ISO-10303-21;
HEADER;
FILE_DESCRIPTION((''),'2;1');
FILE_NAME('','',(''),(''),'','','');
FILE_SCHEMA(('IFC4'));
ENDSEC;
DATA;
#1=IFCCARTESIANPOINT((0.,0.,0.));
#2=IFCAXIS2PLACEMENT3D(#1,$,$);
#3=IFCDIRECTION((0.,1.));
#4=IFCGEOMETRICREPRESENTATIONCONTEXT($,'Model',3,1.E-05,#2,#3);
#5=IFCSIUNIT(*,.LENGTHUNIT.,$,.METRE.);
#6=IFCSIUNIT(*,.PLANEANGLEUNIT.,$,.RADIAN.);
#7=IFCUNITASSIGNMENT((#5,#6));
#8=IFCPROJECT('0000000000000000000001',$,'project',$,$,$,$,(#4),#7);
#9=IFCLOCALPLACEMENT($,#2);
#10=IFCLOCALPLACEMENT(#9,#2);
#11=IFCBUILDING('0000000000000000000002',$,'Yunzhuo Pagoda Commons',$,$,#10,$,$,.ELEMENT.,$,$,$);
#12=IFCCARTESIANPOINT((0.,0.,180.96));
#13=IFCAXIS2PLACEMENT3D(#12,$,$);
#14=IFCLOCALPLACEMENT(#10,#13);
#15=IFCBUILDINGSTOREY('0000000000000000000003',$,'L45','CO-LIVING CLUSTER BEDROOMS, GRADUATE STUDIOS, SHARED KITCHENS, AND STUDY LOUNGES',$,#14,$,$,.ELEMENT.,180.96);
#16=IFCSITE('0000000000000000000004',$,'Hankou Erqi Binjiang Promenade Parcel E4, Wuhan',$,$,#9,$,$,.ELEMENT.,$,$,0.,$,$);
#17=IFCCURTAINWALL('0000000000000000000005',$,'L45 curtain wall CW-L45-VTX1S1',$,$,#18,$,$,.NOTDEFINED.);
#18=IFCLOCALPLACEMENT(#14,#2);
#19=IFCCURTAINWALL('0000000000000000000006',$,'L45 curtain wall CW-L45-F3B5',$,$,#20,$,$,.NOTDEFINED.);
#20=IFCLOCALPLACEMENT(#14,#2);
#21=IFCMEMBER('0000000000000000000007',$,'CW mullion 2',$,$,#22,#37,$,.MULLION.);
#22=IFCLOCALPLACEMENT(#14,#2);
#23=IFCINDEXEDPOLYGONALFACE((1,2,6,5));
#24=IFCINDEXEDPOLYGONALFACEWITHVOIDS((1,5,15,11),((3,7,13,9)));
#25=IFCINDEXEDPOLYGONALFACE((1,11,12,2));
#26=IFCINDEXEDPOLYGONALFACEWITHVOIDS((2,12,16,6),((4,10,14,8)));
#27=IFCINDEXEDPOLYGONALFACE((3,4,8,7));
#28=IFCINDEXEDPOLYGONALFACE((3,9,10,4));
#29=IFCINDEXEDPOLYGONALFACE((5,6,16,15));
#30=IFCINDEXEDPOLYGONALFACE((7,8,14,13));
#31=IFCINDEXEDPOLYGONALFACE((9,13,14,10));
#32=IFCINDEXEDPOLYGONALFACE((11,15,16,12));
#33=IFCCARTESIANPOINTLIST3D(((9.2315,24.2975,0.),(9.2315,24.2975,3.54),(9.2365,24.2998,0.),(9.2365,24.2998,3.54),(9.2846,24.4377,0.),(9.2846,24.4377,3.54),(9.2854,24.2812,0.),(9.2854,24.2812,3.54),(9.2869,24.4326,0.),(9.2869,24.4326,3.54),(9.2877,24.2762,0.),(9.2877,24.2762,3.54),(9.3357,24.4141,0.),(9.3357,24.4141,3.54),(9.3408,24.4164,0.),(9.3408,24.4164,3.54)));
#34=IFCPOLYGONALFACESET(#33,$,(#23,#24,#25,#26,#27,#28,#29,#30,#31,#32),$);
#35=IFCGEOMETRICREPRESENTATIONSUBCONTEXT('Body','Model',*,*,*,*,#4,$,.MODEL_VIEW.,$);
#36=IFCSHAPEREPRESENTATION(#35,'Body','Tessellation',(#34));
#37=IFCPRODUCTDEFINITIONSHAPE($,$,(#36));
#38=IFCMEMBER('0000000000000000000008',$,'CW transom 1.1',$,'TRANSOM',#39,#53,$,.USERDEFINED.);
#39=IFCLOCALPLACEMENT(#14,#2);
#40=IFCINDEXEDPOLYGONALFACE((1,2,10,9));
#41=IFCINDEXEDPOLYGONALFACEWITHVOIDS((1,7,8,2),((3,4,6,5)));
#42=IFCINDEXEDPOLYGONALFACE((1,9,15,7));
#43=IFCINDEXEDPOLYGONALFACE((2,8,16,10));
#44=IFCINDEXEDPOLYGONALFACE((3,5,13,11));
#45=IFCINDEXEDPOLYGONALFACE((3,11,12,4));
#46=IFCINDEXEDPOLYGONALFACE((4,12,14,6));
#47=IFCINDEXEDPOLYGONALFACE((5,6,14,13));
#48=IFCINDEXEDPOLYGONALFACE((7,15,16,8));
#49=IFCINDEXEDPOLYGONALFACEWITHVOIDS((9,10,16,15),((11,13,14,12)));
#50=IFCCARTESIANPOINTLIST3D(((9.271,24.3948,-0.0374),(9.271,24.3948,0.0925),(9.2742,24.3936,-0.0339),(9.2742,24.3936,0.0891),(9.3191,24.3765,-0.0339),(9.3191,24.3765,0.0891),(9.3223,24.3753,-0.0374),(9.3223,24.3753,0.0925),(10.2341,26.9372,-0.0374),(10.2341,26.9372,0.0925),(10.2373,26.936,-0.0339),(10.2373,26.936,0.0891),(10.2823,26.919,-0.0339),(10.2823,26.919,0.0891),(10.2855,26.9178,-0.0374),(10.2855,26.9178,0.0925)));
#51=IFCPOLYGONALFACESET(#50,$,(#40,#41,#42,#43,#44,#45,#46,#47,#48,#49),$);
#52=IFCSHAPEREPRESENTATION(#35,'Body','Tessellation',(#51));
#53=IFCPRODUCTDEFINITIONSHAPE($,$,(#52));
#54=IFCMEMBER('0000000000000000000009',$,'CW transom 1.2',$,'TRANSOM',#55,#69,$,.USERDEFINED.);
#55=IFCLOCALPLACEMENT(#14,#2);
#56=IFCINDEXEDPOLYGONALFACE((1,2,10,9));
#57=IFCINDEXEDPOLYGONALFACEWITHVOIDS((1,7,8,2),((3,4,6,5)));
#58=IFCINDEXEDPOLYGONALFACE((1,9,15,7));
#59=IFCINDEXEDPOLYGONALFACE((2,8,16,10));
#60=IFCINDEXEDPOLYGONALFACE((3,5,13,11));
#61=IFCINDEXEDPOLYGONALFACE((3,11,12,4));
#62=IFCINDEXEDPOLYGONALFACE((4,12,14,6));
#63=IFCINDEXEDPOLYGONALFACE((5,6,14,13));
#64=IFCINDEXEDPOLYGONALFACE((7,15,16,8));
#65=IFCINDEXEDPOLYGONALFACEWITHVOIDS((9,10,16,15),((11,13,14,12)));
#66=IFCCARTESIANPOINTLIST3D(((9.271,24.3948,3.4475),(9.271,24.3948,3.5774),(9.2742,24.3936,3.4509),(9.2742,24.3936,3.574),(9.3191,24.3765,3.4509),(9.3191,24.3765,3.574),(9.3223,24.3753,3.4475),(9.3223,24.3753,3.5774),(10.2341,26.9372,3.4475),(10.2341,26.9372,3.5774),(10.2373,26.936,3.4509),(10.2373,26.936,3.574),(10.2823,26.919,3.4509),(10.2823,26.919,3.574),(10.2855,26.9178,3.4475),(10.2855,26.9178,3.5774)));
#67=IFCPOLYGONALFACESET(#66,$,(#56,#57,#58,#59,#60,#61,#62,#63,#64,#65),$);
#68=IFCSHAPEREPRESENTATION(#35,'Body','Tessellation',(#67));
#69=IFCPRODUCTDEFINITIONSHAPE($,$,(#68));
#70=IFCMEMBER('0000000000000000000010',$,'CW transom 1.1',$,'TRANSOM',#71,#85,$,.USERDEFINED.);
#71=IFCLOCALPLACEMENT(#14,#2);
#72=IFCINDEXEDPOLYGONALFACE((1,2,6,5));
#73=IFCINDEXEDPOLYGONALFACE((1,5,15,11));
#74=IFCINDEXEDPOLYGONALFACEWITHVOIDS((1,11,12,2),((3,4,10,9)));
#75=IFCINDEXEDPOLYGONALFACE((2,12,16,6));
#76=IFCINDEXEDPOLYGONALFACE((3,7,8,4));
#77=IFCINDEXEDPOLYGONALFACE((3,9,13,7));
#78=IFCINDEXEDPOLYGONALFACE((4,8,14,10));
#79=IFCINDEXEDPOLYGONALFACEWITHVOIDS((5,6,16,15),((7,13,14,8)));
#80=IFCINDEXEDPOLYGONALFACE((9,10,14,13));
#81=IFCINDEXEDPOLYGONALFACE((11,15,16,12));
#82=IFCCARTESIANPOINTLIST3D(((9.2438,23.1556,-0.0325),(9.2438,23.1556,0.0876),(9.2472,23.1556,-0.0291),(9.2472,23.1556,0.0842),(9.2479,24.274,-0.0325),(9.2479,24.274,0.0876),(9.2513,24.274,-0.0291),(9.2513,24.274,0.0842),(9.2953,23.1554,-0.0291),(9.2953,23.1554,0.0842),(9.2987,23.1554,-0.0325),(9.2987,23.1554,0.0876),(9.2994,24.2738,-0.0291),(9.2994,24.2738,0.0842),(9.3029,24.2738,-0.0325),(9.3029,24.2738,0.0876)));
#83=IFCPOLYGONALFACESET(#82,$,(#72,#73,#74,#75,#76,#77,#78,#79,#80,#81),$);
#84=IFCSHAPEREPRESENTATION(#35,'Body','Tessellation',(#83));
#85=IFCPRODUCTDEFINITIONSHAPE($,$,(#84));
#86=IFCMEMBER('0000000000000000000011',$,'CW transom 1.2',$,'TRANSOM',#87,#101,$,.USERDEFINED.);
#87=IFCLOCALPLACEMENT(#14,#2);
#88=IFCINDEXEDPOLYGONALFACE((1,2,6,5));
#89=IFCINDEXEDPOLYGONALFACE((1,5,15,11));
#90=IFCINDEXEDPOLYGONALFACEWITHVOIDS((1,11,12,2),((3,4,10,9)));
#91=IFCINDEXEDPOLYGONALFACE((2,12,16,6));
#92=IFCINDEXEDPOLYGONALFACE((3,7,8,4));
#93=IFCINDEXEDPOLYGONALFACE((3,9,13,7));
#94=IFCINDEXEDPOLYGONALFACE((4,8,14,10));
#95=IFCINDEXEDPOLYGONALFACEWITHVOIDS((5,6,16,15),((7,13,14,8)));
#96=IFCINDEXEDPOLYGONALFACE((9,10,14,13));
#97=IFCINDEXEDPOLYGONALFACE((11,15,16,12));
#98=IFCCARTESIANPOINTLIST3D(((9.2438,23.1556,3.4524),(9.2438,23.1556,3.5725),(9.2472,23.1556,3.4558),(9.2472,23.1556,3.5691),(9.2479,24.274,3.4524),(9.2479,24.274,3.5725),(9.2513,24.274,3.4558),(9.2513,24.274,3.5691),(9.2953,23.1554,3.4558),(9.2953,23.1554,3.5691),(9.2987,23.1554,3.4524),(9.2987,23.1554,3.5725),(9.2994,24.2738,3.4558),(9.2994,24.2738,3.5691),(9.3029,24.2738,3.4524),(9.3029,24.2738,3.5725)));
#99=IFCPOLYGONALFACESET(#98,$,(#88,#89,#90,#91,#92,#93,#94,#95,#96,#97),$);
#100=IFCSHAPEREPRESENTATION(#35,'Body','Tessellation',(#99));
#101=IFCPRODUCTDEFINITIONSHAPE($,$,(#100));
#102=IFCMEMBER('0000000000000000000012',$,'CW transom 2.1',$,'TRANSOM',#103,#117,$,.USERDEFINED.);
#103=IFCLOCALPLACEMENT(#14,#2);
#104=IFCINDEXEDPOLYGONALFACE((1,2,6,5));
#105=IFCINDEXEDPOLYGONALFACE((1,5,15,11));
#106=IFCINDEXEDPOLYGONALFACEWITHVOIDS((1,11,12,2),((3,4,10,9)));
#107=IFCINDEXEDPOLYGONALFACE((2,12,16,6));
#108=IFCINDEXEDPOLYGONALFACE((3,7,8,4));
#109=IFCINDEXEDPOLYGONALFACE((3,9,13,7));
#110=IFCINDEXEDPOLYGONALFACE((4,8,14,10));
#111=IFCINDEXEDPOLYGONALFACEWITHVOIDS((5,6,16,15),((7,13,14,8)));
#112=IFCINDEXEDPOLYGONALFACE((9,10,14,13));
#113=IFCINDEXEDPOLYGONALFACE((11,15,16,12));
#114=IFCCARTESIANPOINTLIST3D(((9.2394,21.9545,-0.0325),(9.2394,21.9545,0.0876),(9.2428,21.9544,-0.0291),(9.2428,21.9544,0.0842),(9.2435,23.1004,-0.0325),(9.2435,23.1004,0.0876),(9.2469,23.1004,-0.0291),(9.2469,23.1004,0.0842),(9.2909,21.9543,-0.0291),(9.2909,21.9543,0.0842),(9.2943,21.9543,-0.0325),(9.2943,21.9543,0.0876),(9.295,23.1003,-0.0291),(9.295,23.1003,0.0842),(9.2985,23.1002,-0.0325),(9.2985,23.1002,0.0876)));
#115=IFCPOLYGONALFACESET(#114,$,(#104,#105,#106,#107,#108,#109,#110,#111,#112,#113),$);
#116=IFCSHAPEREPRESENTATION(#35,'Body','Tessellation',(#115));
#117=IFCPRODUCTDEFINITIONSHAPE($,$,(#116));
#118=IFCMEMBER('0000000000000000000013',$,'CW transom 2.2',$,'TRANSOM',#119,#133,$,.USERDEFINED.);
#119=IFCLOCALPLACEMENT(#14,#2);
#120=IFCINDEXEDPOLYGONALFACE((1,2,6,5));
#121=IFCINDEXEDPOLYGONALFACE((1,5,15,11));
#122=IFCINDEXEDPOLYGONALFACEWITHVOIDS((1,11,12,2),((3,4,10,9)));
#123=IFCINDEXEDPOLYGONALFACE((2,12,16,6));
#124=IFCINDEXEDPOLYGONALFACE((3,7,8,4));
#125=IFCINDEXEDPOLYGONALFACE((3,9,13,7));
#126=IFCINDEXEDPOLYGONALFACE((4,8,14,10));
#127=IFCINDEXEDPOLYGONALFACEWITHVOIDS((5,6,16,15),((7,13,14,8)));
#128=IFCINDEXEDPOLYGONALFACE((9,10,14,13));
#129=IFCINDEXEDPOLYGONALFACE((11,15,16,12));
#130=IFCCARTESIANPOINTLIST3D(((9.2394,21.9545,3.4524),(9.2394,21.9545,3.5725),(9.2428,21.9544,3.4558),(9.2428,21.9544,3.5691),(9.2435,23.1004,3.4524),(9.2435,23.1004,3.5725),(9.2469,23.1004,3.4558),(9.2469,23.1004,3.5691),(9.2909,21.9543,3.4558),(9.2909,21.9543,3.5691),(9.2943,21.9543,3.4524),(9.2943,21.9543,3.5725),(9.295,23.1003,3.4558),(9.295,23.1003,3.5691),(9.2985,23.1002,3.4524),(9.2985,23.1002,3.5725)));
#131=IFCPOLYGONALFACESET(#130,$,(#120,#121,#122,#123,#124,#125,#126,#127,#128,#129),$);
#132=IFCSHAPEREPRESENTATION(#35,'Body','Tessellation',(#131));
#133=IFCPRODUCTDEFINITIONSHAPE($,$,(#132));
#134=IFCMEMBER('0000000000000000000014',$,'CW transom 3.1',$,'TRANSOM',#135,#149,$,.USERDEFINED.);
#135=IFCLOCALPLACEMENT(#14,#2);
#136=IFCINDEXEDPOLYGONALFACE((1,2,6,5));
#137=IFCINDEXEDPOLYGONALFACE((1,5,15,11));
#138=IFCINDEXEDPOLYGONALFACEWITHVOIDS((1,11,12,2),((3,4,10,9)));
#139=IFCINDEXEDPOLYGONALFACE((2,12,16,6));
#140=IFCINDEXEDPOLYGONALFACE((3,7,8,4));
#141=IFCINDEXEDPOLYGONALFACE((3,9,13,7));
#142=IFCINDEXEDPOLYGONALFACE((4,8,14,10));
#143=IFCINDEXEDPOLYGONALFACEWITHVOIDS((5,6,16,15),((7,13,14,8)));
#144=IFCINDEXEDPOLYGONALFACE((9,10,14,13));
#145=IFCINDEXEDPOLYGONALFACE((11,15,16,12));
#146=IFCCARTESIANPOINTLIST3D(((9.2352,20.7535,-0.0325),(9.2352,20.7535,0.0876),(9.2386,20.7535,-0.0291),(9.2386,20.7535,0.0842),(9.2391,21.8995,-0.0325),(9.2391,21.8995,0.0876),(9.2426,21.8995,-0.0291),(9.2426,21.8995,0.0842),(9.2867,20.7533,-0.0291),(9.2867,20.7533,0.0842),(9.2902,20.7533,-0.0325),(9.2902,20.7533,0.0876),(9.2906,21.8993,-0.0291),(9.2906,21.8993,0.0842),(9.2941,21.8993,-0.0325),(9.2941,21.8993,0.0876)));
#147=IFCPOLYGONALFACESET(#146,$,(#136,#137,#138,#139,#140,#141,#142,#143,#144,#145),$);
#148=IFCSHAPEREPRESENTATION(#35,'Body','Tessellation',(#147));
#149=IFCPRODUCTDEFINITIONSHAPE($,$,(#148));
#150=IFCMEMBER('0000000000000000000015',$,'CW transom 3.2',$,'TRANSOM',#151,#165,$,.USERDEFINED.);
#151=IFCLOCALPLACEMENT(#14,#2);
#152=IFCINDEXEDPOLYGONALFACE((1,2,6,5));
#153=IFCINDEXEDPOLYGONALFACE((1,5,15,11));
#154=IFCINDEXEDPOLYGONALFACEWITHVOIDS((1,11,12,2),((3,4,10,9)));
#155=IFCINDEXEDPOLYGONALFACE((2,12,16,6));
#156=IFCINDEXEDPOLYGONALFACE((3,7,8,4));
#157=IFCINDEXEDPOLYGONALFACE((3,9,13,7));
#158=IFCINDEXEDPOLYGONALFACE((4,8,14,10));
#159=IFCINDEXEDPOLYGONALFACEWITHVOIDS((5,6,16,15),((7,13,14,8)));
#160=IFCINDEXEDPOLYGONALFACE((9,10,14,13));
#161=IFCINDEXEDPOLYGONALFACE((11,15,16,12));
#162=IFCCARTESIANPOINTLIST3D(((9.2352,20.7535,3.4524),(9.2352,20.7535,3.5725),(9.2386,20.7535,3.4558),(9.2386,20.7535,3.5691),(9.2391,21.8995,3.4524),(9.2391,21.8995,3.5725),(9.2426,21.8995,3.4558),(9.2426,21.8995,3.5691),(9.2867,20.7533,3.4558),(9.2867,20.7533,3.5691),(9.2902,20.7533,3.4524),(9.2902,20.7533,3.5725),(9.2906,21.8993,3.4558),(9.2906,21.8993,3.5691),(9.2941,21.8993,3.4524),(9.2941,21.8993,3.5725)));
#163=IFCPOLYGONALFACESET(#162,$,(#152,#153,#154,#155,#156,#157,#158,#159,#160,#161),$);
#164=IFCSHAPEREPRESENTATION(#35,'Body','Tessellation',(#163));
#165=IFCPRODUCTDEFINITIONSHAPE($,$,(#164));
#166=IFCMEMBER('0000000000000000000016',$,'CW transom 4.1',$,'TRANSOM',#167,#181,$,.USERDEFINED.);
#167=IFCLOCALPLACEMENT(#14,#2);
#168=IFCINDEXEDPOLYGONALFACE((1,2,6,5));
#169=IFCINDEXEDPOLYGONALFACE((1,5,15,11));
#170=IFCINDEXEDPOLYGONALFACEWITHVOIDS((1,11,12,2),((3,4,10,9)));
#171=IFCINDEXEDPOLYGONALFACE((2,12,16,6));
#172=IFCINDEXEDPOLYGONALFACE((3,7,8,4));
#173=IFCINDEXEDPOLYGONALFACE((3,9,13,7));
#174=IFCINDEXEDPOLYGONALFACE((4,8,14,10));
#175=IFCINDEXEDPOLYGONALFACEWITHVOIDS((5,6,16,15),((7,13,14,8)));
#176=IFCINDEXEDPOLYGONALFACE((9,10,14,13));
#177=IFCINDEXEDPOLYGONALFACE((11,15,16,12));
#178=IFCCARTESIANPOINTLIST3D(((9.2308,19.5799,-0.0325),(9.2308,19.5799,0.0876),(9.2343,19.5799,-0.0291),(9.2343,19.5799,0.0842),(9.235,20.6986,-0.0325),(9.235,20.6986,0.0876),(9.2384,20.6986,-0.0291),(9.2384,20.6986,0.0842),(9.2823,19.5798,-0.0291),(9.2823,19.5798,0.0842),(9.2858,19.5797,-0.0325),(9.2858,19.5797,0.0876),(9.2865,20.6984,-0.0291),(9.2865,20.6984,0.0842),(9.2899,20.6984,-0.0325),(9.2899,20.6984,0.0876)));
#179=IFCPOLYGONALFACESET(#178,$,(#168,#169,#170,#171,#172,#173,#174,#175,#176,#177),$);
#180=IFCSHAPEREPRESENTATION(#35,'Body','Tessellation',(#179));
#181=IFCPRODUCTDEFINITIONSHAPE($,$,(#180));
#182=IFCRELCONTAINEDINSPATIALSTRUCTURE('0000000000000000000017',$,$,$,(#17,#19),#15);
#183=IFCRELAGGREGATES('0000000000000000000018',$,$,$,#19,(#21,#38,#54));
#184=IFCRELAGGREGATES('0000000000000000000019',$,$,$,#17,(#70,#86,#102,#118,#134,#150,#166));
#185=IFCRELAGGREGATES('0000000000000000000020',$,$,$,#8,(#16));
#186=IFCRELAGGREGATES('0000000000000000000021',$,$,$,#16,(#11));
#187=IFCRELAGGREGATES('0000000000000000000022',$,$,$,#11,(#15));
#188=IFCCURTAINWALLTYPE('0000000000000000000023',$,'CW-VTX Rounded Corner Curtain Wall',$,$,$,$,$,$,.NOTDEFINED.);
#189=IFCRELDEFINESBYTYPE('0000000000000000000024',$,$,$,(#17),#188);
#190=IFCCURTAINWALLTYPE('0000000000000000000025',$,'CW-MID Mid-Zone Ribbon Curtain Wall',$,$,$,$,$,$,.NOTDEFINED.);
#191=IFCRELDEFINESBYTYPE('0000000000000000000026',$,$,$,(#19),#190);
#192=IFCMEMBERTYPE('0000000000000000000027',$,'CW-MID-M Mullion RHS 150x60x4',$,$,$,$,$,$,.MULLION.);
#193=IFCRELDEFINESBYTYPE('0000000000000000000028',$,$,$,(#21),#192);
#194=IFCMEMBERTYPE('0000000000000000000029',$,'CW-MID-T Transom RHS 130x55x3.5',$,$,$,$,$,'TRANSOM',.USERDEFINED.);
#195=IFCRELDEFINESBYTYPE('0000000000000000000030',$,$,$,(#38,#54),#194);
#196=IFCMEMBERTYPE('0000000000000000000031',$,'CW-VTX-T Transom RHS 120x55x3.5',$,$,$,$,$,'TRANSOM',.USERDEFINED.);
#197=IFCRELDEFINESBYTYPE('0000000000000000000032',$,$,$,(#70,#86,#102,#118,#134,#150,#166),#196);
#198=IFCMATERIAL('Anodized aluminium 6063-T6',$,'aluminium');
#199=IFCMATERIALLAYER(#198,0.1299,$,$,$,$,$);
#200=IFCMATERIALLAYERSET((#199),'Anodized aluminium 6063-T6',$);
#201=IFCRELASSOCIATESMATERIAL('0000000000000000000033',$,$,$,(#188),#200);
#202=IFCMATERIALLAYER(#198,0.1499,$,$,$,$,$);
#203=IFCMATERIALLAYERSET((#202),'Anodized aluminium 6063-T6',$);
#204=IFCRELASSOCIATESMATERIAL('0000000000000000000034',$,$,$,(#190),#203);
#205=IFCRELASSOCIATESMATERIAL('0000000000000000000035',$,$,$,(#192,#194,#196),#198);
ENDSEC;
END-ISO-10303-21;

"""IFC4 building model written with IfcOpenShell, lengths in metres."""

from ifc_helpers import new_model, si_unit, direction, frame, origin, origin_2d, place, context, subcontext, project, spatial, hollow_rectangle, extrude, source, transform, mapped, material, layer, layer_set, material_profile, profile_set, type_object, element, aggregate, save


model = new_model("IFC4")

# Units and contexts
model_context = context("Model", 3, precision=1e-05, world=origin(), true_north=direction((0.0, 1.0)))
body_context = subcontext(model_context, "Body", "Model", "MODEL_VIEW")
ifc_project = project(units=[si_unit("LENGTHUNIT", "METRE"), si_unit("PLANEANGLEUNIT", "RADIAN")], contexts=[model_context])

# Site, building, storey
site_placement = place(None, origin())
site = spatial("IfcSite", under=ifc_project, at=site_placement, Name="Hankou Erqi Binjiang Promenade Parcel E4, Wuhan", CompositionType="ELEMENT", RefElevation=0.0)
building_placement = place(site_placement, origin())
building = spatial("IfcBuilding", under=site, at=building_placement, Name="Yunzhuo Pagoda Commons", CompositionType="ELEMENT")
storey_placement = place(building_placement, frame((0.0, 0.0, 180.96)))
storey = spatial("IfcBuildingStorey", under=building, at=storey_placement, Name="L45", Description="CO-LIVING CLUSTER BEDROOMS, GRADUATE STUDIOS, SHARED KITCHENS, AND STUDY LOUNGES", CompositionType="ELEMENT", Elevation=180.96)

# Curtain wall
ifc_material_1 = material(Name="Anodized aluminium 6063-T6", Category="aluminium")
ifc_layer_1 = layer(ifc_material_1, 0.1299)
ifc_layer_set_1 = layer_set([ifc_layer_1], Name="Anodized aluminium 6063-T6")
curtain_wall_type_1 = type_object("IfcCurtainWallType", Name="CW-VTX Rounded Corner Curtain Wall", PredefinedType="NOTDEFINED", material=ifc_layer_set_1)
curtain_wall_1_placement = place(storey_placement, origin())
curtain_wall_1 = element("IfcCurtainWall", 1, at=curtain_wall_1_placement, inside=storey, type_object=curtain_wall_type_1, Name="L45 curtain wall CW-L45-VTX1S1", PredefinedType="NOTDEFINED")

# Shared definitions
ifc_layer_2 = layer(ifc_material_1, 0.1499)
ifc_layer_set_2 = layer_set([ifc_layer_2], Name="Anodized aluminium 6063-T6")
curtain_wall_type_2 = type_object("IfcCurtainWallType", Name="CW-MID Mid-Zone Ribbon Curtain Wall", PredefinedType="NOTDEFINED", material=ifc_layer_set_2)
ifc_material_profile_1 = material_profile(ifc_material_1, hollow_rectangle(XDim=0.0601, YDim=0.1499, WallThickness=0.0039, at=origin_2d()), Name="Anodized aluminium 6063-T6")
ifc_profile_set_1 = profile_set([ifc_material_profile_1], Name="Anodized aluminium 6063-T6")
member_type_1 = type_object("IfcMemberType", Name="CW-MID-M Mullion RHS 150x60x4", PredefinedType="MULLION", material=ifc_profile_set_1)
shared_shape_1 = source(origin(), body_context, "Body", "SweptSolid", [
    extrude(hollow_rectangle(XDim=0.0601, YDim=0.1499, WallThickness=0.0039, at=origin_2d()), origin(), (0.0, 0.0, 1.0), 3.54),
])

# Curtain wall, members
curtain_wall_2_placement = place(storey_placement, origin())
curtain_wall_2 = element("IfcCurtainWall", 2, at=curtain_wall_2_placement, inside=storey, type_object=curtain_wall_type_2, Name="L45 curtain wall CW-L45-F3B5", PredefinedType="NOTDEFINED")
member_1_placement = place(storey_placement, frame((9.2861, 24.3569, 0.0), z_axis=(0.0, 0.0, 1.0), x_axis=(0.935148, -0.354256, 0.0)))
member_1 = element("IfcMember", 3, at=member_1_placement, type_object=member_type_1, Name="CW mullion 2", PredefinedType="MULLION", context=body_context, shape_type="MappedRepresentation", body=[
    mapped(shared_shape_1, transform((0.0, 0.0, 0.0), scale=1.0)),
])
ifc_material_profile_2 = material_profile(ifc_material_1, hollow_rectangle(XDim=0.0549, YDim=0.1299, WallThickness=0.0034, at=origin_2d()), Name="Anodized aluminium 6063-T6")
ifc_profile_set_2 = profile_set([ifc_material_profile_2], Name="Anodized aluminium 6063-T6")
member_type_2 = type_object("IfcMemberType", Name="CW-MID-T Transom RHS 130x55x3.5", ElementType="TRANSOM", PredefinedType="USERDEFINED", material=ifc_profile_set_2)
shared_shape_2 = source(origin(), body_context, "Body", "SweptSolid", [
    extrude(hollow_rectangle(XDim=0.0549, YDim=0.1299, WallThickness=0.0034, at=origin_2d()), origin(), (0.0, 0.0, 1.0), 2.7188),
])
member_2_placement = place(storey_placement, frame((10.2598, 26.9275, 0.0276), z_axis=(-0.354251, -0.93515, 0.0), x_axis=(0.93515, -0.354251, 0.0)))
member_2 = element("IfcMember", 4, at=member_2_placement, type_object=member_type_2, Name="CW transom 1.1", ObjectType="TRANSOM", PredefinedType="USERDEFINED", context=body_context, shape_type="MappedRepresentation", body=[
    mapped(shared_shape_2, transform((0.0, 0.0, 0.0), scale=1.0)),
])
member_3_placement = place(storey_placement, frame((10.2598, 26.9275, 3.5125), z_axis=(-0.354251, -0.93515, 0.0), x_axis=(0.93515, -0.354251, 0.0)))
member_3 = element("IfcMember", 5, at=member_3_placement, type_object=member_type_2, Name="CW transom 1.2", ObjectType="TRANSOM", PredefinedType="USERDEFINED", context=body_context, shape_type="MappedRepresentation", body=[
    mapped(shared_shape_2, transform((0.0, 0.0, 0.0), scale=1.0)),
])

# Members
ifc_material_profile_3 = material_profile(ifc_material_1, hollow_rectangle(XDim=0.0549, YDim=0.1201, WallThickness=0.0034, at=origin_2d()), Name="Anodized aluminium 6063-T6")
ifc_profile_set_3 = profile_set([ifc_material_profile_3], Name="Anodized aluminium 6063-T6")
member_type_3 = type_object("IfcMemberType", Name="CW-VTX-T Transom RHS 120x55x3.5", ElementType="TRANSOM", PredefinedType="USERDEFINED", material=ifc_profile_set_3)
shared_shape_3 = source(origin(), body_context, "Body", "SweptSolid", [
    extrude(hollow_rectangle(XDim=0.0549, YDim=0.1201, WallThickness=0.0034, at=origin_2d()), origin(), (0.0, 0.0, 1.0), 1.1184),
])
member_4_placement = place(storey_placement, frame((9.2754, 24.2739, 0.0276), z_axis=(-0.003711, -0.999993, 0.0), x_axis=(0.999993, -0.003711, 0.0)))
member_4 = element("IfcMember", 6, at=member_4_placement, type_object=member_type_3, Name="CW transom 1.1", ObjectType="TRANSOM", PredefinedType="USERDEFINED", context=body_context, shape_type="MappedRepresentation", body=[
    mapped(shared_shape_3, transform((0.0, 0.0, 0.0), scale=1.0)),
])
member_5_placement = place(storey_placement, frame((9.2754, 24.2739, 3.5125), z_axis=(-0.003711, -0.999993, 0.0), x_axis=(0.999993, -0.003711, 0.0)))
member_5 = element("IfcMember", 7, at=member_5_placement, type_object=member_type_3, Name="CW transom 1.2", ObjectType="TRANSOM", PredefinedType="USERDEFINED", context=body_context, shape_type="MappedRepresentation", body=[
    mapped(shared_shape_3, transform((0.0, 0.0, 0.0), scale=1.0)),
])
shared_shape_4 = source(origin(), body_context, "Body", "SweptSolid", [
    extrude(hollow_rectangle(XDim=0.0549, YDim=0.1201, WallThickness=0.0034, at=origin_2d()), origin(), (0.0, 0.0, 1.0), 1.146),
])
member_6_placement = place(storey_placement, frame((9.271, 23.1003, 0.0276), z_axis=(-0.003622, -0.999993, 0.0), x_axis=(0.999993, -0.003622, 0.0)))
member_6 = element("IfcMember", 8, at=member_6_placement, type_object=member_type_3, Name="CW transom 2.1", ObjectType="TRANSOM", PredefinedType="USERDEFINED", context=body_context, shape_type="MappedRepresentation", body=[
    mapped(shared_shape_4, transform((0.0, 0.0, 0.0), scale=1.0)),
])
member_7_placement = place(storey_placement, frame((9.271, 23.1003, 3.5125), z_axis=(-0.003622, -0.999993, 0.0), x_axis=(0.999993, -0.003622, 0.0)))
member_7 = element("IfcMember", 9, at=member_7_placement, type_object=member_type_3, Name="CW transom 2.2", ObjectType="TRANSOM", PredefinedType="USERDEFINED", context=body_context, shape_type="MappedRepresentation", body=[
    mapped(shared_shape_4, transform((0.0, 0.0, 0.0), scale=1.0)),
])
member_8_placement = place(storey_placement, frame((9.2666, 21.8994, 0.0276), z_axis=(-0.003409, -0.999994, 0.0), x_axis=(0.999994, -0.003409, 0.0)))
member_8 = element("IfcMember", 10, at=member_8_placement, type_object=member_type_3, Name="CW transom 3.1", ObjectType="TRANSOM", PredefinedType="USERDEFINED", context=body_context, shape_type="MappedRepresentation", body=[
    mapped(shared_shape_4, transform((0.0, 0.0, 0.0), scale=1.0)),
])
member_9_placement = place(storey_placement, frame((9.2666, 21.8994, 3.5125), z_axis=(-0.003409, -0.999994, 0.0), x_axis=(0.999994, -0.003409, 0.0)))
member_9 = element("IfcMember", 11, at=member_9_placement, type_object=member_type_3, Name="CW transom 3.2", ObjectType="TRANSOM", PredefinedType="USERDEFINED", context=body_context, shape_type="MappedRepresentation", body=[
    mapped(shared_shape_4, transform((0.0, 0.0, 0.0), scale=1.0)),
])
shared_shape_5 = source(origin(), body_context, "Body", "SweptSolid", [
    extrude(hollow_rectangle(XDim=0.0549, YDim=0.1201, WallThickness=0.0034, at=origin_2d()), origin(), (0.0, 0.0, 1.0), 1.1187),
])
member_10_placement = place(storey_placement, frame((9.2625, 20.6985, 0.0276), z_axis=(-0.00371, -0.999993, 0.0), x_axis=(0.999993, -0.00371, 0.0)))
member_10 = element("IfcMember", 12, at=member_10_placement, type_object=member_type_3, Name="CW transom 4.1", ObjectType="TRANSOM", PredefinedType="USERDEFINED", context=body_context, shape_type="MappedRepresentation", body=[
    mapped(shared_shape_5, transform((0.0, 0.0, 0.0), scale=1.0)),
])

aggregate(curtain_wall_2, [member_1, member_2, member_3])
aggregate(curtain_wall_1, [member_4, member_5, member_6, member_7, member_8, member_9, member_10])

save(model, "model.ifc")
